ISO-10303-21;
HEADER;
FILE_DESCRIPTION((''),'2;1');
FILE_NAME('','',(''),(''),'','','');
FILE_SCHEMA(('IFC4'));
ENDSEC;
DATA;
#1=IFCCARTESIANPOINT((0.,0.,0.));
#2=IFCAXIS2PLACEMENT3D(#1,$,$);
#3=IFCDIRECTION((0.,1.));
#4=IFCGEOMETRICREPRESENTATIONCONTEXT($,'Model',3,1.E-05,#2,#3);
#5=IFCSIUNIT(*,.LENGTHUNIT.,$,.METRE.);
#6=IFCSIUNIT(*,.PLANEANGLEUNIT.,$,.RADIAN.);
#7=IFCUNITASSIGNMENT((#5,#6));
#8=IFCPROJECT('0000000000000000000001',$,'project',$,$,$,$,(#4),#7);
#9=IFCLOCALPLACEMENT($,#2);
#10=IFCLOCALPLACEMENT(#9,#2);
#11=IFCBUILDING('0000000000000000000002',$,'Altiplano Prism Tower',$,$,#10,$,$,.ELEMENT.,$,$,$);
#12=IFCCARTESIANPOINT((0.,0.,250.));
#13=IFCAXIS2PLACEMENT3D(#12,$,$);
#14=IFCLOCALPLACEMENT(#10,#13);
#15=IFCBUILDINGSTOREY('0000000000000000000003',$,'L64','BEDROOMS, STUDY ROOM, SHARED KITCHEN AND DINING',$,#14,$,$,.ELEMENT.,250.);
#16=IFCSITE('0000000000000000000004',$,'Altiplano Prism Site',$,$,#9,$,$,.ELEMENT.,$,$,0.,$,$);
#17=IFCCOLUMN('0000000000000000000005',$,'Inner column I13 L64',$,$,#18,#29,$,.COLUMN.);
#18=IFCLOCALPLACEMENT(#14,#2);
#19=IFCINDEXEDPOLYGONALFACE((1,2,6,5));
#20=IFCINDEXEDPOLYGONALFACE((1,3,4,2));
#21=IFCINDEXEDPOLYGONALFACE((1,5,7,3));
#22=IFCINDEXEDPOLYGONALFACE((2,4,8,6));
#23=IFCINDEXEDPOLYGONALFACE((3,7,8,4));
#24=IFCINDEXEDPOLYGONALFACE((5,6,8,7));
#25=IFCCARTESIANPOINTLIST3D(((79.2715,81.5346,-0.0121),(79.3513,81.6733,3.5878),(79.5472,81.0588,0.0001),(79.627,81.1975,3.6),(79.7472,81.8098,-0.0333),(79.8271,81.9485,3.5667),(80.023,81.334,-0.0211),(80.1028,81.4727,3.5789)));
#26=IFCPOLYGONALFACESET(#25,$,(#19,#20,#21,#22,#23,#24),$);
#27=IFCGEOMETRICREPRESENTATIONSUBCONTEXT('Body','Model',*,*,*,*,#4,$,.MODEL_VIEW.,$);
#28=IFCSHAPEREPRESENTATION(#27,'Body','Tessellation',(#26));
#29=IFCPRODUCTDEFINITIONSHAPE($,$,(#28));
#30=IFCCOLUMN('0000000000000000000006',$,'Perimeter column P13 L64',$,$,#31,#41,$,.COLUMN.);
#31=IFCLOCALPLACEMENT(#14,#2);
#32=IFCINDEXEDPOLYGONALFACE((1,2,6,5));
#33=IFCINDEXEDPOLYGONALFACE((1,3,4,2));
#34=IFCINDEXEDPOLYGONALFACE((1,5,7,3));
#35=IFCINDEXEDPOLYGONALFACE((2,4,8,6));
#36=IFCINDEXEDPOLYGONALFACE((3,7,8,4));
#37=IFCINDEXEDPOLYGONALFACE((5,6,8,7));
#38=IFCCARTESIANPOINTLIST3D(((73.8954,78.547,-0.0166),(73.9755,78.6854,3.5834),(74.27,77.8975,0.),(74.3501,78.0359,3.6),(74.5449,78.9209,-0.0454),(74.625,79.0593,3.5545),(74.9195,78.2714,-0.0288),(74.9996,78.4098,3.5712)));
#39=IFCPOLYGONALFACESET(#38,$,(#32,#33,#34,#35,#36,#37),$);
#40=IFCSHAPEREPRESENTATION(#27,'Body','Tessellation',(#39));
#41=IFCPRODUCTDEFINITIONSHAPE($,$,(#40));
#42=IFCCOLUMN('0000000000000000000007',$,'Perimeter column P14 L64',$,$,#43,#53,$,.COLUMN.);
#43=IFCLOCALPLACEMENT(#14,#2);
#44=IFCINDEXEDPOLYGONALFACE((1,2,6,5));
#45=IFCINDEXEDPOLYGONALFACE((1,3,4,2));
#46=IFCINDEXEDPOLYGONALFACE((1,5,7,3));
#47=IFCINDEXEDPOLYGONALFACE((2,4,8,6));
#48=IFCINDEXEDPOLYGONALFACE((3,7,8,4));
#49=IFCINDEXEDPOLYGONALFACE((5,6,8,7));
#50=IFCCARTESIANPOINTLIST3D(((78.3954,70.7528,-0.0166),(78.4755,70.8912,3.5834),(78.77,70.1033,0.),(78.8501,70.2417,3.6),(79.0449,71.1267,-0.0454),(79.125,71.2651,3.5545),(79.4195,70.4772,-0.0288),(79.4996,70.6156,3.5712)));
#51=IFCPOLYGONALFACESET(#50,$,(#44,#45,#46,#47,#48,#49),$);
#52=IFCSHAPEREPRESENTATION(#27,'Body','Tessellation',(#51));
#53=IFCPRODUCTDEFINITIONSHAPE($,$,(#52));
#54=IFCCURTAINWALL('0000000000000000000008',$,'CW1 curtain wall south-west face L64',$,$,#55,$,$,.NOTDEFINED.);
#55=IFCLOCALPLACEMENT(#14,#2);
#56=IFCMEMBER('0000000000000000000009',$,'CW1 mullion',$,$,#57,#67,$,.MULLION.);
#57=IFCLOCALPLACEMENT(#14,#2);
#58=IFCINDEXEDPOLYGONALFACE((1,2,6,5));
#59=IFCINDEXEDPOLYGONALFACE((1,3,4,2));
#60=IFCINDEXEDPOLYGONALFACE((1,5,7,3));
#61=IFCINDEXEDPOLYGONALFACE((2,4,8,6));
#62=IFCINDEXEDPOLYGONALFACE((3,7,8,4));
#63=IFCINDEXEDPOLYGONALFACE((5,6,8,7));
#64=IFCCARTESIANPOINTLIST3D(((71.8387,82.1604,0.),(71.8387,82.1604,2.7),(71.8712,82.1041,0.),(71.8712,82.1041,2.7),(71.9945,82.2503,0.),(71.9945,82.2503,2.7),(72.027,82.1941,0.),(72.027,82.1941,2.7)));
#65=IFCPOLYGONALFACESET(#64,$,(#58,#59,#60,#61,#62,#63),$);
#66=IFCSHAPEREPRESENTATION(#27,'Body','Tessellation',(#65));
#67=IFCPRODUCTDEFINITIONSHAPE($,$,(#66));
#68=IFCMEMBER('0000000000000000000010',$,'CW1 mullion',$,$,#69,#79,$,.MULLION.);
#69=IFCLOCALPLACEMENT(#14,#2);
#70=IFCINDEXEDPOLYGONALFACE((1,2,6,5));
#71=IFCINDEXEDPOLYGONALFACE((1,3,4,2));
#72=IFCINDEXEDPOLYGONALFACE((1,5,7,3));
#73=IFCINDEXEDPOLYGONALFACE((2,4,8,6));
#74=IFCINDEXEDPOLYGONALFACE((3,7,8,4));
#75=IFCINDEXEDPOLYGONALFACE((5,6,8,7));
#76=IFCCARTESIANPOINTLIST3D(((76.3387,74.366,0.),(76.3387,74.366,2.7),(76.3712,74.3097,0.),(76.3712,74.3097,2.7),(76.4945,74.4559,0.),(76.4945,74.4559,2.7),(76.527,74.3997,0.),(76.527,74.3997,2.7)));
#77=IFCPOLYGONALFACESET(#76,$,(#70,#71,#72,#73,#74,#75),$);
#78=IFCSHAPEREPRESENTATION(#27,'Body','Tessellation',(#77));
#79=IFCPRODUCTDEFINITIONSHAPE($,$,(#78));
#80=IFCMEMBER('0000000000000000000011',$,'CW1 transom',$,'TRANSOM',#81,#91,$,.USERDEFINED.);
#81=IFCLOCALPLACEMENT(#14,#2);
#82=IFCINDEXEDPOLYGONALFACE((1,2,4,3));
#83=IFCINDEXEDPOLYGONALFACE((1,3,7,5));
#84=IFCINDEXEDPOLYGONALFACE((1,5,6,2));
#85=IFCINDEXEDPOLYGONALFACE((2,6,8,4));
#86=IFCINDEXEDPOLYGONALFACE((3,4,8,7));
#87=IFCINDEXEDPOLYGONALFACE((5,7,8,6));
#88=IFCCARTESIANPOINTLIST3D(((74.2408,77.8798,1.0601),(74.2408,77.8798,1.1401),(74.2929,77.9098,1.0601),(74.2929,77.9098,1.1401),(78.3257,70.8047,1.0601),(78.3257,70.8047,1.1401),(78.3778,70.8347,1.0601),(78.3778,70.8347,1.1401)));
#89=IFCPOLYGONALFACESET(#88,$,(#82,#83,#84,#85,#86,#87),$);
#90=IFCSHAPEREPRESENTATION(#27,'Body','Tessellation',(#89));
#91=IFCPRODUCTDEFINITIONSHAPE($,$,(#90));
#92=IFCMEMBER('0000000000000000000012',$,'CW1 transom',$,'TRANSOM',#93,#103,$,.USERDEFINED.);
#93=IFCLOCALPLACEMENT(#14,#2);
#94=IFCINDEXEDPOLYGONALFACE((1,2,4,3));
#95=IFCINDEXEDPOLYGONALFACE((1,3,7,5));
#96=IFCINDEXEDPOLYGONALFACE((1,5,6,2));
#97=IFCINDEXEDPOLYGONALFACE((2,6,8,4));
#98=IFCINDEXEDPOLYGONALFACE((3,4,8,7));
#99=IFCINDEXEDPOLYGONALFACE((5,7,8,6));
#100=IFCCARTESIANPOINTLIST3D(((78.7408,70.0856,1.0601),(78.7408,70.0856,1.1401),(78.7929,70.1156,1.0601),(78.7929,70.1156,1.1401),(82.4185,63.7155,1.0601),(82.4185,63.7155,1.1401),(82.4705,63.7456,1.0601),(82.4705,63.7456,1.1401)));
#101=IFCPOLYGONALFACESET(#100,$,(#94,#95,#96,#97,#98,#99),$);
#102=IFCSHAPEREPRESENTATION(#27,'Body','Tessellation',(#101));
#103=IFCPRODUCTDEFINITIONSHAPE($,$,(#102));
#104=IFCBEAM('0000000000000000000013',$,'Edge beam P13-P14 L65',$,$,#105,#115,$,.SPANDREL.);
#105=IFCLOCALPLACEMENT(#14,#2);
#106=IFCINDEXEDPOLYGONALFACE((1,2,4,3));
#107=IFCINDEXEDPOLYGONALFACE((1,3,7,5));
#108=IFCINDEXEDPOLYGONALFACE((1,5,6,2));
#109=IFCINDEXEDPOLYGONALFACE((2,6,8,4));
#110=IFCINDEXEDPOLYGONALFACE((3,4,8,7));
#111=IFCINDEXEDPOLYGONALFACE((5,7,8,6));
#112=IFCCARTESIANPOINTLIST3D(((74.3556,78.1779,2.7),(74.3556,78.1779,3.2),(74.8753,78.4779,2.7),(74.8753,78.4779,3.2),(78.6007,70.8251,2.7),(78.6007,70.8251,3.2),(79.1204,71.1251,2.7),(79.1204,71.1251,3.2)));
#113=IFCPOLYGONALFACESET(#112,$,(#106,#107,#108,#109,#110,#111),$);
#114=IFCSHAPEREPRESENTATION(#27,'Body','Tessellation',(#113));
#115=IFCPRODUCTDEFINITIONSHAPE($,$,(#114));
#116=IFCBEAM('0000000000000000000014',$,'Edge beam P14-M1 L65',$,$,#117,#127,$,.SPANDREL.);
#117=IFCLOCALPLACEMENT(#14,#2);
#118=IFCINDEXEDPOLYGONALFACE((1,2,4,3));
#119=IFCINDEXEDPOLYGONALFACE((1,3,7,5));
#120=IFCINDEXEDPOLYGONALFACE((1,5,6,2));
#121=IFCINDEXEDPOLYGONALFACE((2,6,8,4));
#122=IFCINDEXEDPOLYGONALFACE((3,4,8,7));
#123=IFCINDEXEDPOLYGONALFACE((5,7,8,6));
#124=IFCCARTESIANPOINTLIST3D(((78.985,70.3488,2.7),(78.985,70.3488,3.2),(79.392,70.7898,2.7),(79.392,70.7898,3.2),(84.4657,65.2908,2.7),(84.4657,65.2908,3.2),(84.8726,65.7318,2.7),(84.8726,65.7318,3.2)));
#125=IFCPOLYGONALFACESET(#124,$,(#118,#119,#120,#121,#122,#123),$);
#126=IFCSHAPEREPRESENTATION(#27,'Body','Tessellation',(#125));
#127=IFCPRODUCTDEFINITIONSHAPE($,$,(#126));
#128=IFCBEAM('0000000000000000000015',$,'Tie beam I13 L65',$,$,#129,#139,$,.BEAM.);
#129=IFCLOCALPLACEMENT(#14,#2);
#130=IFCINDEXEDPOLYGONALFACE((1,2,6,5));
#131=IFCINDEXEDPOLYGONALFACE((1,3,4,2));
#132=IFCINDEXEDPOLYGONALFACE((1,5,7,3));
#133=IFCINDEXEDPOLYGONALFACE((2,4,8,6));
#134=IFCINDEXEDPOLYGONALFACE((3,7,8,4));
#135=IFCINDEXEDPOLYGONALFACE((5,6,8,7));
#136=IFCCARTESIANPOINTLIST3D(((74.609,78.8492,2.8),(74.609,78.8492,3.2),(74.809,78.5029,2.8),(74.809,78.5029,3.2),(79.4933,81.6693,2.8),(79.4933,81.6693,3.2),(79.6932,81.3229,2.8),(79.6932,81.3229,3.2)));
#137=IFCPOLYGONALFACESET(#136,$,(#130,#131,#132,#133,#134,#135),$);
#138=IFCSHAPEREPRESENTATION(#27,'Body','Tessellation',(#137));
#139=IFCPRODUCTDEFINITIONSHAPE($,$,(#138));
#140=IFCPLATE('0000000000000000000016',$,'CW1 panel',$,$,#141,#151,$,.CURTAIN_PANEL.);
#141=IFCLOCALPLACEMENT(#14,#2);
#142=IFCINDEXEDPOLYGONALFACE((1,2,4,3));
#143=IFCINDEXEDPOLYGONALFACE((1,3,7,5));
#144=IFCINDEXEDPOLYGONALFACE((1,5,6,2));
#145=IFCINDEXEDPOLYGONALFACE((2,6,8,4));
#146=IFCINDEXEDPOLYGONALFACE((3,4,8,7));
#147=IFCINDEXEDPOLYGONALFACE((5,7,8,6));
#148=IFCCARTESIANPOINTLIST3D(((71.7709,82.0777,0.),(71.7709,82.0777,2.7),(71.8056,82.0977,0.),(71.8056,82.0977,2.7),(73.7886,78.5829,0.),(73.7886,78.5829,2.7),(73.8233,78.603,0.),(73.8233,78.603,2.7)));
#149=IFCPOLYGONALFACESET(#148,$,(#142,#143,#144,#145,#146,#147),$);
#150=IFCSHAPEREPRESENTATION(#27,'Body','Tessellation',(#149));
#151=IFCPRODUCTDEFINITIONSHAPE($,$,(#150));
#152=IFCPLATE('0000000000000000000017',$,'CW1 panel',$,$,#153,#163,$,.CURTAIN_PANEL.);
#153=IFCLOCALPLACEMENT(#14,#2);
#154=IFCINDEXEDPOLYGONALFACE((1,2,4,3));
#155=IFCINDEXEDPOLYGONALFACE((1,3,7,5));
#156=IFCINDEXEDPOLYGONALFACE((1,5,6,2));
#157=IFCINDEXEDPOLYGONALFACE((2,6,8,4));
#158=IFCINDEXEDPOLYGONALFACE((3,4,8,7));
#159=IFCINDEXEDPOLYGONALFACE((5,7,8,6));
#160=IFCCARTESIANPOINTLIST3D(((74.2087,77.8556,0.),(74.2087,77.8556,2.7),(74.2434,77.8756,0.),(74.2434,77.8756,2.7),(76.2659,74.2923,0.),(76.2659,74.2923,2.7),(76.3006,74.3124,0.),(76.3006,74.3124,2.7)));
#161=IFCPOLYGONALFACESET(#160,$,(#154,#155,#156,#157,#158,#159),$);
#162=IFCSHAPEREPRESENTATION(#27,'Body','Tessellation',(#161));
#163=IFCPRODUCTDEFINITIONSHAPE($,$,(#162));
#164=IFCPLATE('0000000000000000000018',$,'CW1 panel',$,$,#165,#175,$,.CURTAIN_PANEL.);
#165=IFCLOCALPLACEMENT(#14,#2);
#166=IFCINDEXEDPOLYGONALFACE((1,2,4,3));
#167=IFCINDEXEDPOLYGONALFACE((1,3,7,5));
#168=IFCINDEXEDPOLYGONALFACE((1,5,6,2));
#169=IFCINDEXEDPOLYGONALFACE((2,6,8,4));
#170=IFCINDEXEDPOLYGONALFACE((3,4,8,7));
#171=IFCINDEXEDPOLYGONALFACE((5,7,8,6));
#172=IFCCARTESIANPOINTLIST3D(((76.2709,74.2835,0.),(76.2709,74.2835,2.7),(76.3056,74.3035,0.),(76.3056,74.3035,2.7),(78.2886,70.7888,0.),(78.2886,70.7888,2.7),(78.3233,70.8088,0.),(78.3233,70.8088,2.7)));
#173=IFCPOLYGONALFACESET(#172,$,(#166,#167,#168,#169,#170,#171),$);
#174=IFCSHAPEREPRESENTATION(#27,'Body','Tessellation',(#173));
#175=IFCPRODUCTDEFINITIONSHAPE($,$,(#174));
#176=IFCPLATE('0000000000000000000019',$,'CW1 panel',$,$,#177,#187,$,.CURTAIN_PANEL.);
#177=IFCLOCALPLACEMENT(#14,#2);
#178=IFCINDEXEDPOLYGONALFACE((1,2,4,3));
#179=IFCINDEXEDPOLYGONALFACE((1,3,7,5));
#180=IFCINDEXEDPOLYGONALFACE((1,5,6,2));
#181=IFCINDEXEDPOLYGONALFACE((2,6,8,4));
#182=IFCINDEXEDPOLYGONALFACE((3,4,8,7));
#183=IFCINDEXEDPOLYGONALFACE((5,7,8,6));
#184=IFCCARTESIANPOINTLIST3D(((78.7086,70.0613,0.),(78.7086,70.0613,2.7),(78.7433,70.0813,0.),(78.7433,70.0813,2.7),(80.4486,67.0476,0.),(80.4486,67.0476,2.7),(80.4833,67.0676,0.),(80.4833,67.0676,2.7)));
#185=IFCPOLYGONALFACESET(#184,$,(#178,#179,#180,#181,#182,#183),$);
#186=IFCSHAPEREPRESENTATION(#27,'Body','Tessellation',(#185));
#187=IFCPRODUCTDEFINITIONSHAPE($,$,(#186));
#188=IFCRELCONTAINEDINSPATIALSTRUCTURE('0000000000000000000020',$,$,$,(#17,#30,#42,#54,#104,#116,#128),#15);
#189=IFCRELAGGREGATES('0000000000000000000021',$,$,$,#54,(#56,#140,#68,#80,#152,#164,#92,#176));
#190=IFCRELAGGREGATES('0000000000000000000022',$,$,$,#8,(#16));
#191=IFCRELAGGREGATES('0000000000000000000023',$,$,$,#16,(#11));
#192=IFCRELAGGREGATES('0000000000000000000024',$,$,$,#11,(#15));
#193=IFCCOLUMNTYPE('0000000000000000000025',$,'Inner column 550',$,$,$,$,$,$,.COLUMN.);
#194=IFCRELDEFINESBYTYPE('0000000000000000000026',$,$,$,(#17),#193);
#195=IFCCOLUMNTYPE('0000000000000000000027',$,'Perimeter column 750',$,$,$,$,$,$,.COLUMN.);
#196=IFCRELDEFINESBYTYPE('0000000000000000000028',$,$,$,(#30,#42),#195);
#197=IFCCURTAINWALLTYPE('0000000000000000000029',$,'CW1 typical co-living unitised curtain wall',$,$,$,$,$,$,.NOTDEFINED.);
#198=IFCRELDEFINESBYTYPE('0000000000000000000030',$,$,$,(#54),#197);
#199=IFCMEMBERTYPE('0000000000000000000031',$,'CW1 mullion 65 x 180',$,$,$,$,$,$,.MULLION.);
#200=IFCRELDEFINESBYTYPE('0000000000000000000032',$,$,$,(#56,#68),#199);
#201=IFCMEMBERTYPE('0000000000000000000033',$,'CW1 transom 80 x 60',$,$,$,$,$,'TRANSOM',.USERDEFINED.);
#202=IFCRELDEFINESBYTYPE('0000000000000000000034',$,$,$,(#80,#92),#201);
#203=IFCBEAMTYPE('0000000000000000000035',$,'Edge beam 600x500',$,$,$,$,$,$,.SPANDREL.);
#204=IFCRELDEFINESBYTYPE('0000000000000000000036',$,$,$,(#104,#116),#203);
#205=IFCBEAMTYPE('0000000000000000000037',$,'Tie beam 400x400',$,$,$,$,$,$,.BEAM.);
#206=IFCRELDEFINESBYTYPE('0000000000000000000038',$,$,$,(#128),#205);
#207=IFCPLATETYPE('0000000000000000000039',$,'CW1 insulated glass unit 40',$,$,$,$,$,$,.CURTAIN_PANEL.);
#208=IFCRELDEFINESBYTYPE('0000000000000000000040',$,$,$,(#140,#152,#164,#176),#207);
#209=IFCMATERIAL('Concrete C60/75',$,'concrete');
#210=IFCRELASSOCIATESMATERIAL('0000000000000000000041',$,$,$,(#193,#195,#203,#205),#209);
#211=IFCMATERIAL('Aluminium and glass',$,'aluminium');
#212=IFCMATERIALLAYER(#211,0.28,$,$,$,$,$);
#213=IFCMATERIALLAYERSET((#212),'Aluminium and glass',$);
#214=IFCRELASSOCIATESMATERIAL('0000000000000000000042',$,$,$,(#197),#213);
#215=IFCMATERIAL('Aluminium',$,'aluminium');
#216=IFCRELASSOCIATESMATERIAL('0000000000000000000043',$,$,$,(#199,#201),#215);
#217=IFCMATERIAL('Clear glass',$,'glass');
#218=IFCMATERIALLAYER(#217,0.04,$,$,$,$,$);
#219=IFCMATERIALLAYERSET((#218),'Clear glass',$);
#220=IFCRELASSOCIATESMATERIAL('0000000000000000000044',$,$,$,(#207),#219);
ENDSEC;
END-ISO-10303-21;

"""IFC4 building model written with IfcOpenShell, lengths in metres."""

from ifc_helpers import new_model, si_unit, direction, frame, origin, origin_2d, place, context, subcontext, project, spatial, rectangle, extrude, material, layer, layer_set, material_profile, profile_set, type_object, element, aggregate, save


model = new_model("IFC4")

# Units and contexts
model_context = context("Model", 3, precision=1e-05, world=origin(), true_north=direction((0.0, 1.0)))
body_context = subcontext(model_context, "Body", "Model", "MODEL_VIEW")
ifc_project = project(units=[si_unit("LENGTHUNIT", "METRE"), si_unit("PLANEANGLEUNIT", "RADIAN")], contexts=[model_context])

# Site, building, storey
site_placement = place(None, origin())
site = spatial("IfcSite", under=ifc_project, at=site_placement, Name="Altiplano Prism Site", CompositionType="ELEMENT", RefElevation=0.0)
building_placement = place(site_placement, origin())
building = spatial("IfcBuilding", under=site, at=building_placement, Name="Altiplano Prism Tower", CompositionType="ELEMENT")
storey_placement = place(building_placement, frame((0.0, 0.0, 250.0)))
storey = spatial("IfcBuildingStorey", under=building, at=storey_placement, Name="L64", Description="BEDROOMS, STUDY ROOM, SHARED KITCHEN AND DINING", CompositionType="ELEMENT", Elevation=250.0)

# Columns
ifc_material_1 = material(Name="Concrete C60/75", Category="concrete")
ifc_material_profile_1 = material_profile(ifc_material_1, rectangle(XDim=0.55, YDim=0.55, at=origin_2d()), Name="Inner column 550")
ifc_profile_set_1 = profile_set([ifc_material_profile_1], Name="Concrete C60/75")
column_type_1 = type_object("IfcColumnType", Name="Inner column 550", PredefinedType="COLUMN", material=ifc_profile_set_1)
column_placement = place(storey_placement, frame((79.6472, 81.4343, -0.0166), z_axis=(0.022155, 0.038484, 0.999014), x_axis=(-0.864982, -0.500327, 0.038456)))
element("IfcColumn", 1, at=column_placement, inside=storey, type_object=column_type_1, Name="Inner column I13 L64", PredefinedType="COLUMN", context=body_context, shape_type="SweptSolid", body=[
    extrude(rectangle(XDim=0.55, YDim=0.55, at=origin_2d()), origin(), (0.0, 0.0, 1.0), 3.6035),
])
ifc_material_profile_2 = material_profile(ifc_material_1, rectangle(XDim=0.75, YDim=0.75, at=origin_2d()), Name="Perimeter column 750")
ifc_profile_set_2 = profile_set([ifc_material_profile_2], Name="Concrete C60/75")
column_type_2 = type_object("IfcColumnType", Name="Perimeter column 750", PredefinedType="COLUMN", material=ifc_profile_set_2)
for number, where, z_axis, x_axis, name in (
    (2, (74.4075, 78.4092, -0.0227), (0.022223, 0.038416, 0.999015), (-0.866024, -0.498523, 0.038435), "Perimeter column P13 L64"),
    (3, (78.9075, 70.615, -0.0227), (0.022223, 0.038416, 0.999015), (-0.866024, -0.498523, 0.038435), "Perimeter column P14 L64"),
):
    element("IfcColumn", number, at=place(storey_placement, frame(where, z_axis=z_axis, x_axis=x_axis)), inside=storey, type_object=column_type_2, Name=name, PredefinedType="COLUMN", context=body_context, shape_type="SweptSolid", body=[
        extrude(rectangle(XDim=0.75, YDim=0.75, at=origin_2d()), origin(), (0.0, 0.0, 1.0), 3.6035),
    ])

# Curtain wall, members
ifc_material_2 = material(Name="Aluminium and glass", Category="aluminium")
ifc_layer_1 = layer(ifc_material_2, 0.28)
ifc_layer_set_1 = layer_set([ifc_layer_1], Name="Aluminium and glass")
curtain_wall_type = type_object("IfcCurtainWallType", Name="CW1 typical co-living unitised curtain wall", PredefinedType="NOTDEFINED", material=ifc_layer_set_1)
curtain_wall_placement = place(storey_placement, origin())
curtain_wall = element("IfcCurtainWall", 4, at=curtain_wall_placement, inside=storey, type_object=curtain_wall_type, Name="CW1 curtain wall south-west face L64", PredefinedType="NOTDEFINED")
ifc_material_3 = material(Name="Aluminium", Category="aluminium")
ifc_material_profile_3 = material_profile(ifc_material_3, rectangle(XDim=0.1799, YDim=0.0649, at=origin_2d()), Name="CW1 mullion 65 x 180")
ifc_profile_set_3 = profile_set([ifc_material_profile_3], Name="Aluminium")
member_type_1 = type_object("IfcMemberType", Name="CW1 mullion 65 x 180", PredefinedType="MULLION", material=ifc_profile_set_3)
member_1_placement = place(storey_placement, frame((71.9329, 82.1772, 0.0), z_axis=(0.0, 0.0, 1.0), x_axis=(0.866025, 0.5, 0.0)))
member_1 = element("IfcMember", 5, at=member_1_placement, type_object=member_type_1, Name="CW1 mullion", PredefinedType="MULLION", context=body_context, shape_type="SweptSolid", body=[
    extrude(rectangle(XDim=0.1799, YDim=0.0649, at=origin_2d()), origin(), (0.0, 0.0, 1.0), 2.7),
])
member_2_placement = place(storey_placement, frame((76.4329, 74.3828, 0.0), z_axis=(0.0, 0.0, 1.0), x_axis=(0.866025, 0.5, 0.0)))
member_2 = element("IfcMember", 6, at=member_2_placement, type_object=member_type_1, Name="CW1 mullion", PredefinedType="MULLION", context=body_context, shape_type="SweptSolid", body=[
    extrude(rectangle(XDim=0.1799, YDim=0.0649, at=origin_2d()), origin(), (0.0, 0.0, 1.0), 2.7),
])
ifc_material_profile_4 = material_profile(ifc_material_3, rectangle(XDim=0.0601, YDim=0.0801, at=origin_2d()), Name="CW1 transom 80 x 60")
ifc_profile_set_4 = profile_set([ifc_material_profile_4], Name="Aluminium")
member_type_2 = type_object("IfcMemberType", Name="CW1 transom 80 x 60", ElementType="TRANSOM", PredefinedType="USERDEFINED", material=ifc_profile_set_4)
member_3_placement = place(storey_placement, frame((74.2668, 77.8948, 1.1001), z_axis=(0.500009, -0.86602, 0.0), x_axis=(0.86602, 0.500009, 0.0)))
member_3 = element("IfcMember", 7, at=member_3_placement, type_object=member_type_2, Name="CW1 transom", ObjectType="TRANSOM", PredefinedType="USERDEFINED", context=body_context, shape_type="SweptSolid", body=[
    extrude(rectangle(XDim=0.0601, YDim=0.0801, at=origin_2d()), origin(), (0.0, 0.0, 1.0), 8.1697),
])
member_4_placement = place(storey_placement, frame((78.7668, 70.1006, 1.1001), z_axis=(0.499994, -0.866029, 0.0), x_axis=(0.866029, 0.499994, 0.0)))
member_4 = element("IfcMember", 8, at=member_4_placement, type_object=member_type_2, Name="CW1 transom", ObjectType="TRANSOM", PredefinedType="USERDEFINED", context=body_context, shape_type="SweptSolid", body=[
    extrude(rectangle(XDim=0.0601, YDim=0.0801, at=origin_2d()), origin(), (0.0, 0.0, 1.0), 7.3555),
])

# Beams
ifc_material_profile_5 = material_profile(ifc_material_1, rectangle(XDim=0.6001, YDim=0.5, at=origin_2d()), Name="Edge beam 600x500")
ifc_profile_set_5 = profile_set([ifc_material_profile_5], Name="Concrete C60/75")
beam_type_1 = type_object("IfcBeamType", Name="Edge beam 600x500", PredefinedType="SPANDREL", material=ifc_profile_set_5)
beam_1_placement = place(storey_placement, frame((74.6155, 78.3279, 2.95), z_axis=(0.499999, -0.866026, 0.0), x_axis=(0.866026, 0.499999, 0.0)))
element("IfcBeam", 9, at=beam_1_placement, inside=storey, type_object=beam_type_1, Name="Edge beam P13-P14 L65", PredefinedType="SPANDREL", context=body_context, shape_type="SweptSolid", body=[
    extrude(rectangle(XDim=0.6001, YDim=0.5, at=origin_2d()), origin(), (0.0, 0.0, 1.0), 8.4902),
])
beam_2_placement = place(storey_placement, frame((79.1885, 70.5693, 2.95), z_axis=(0.734871, -0.678207, 0.0), x_axis=(0.678207, 0.734871, 0.0)))
element("IfcBeam", 10, at=beam_2_placement, inside=storey, type_object=beam_type_1, Name="Edge beam P14-M1 L65", PredefinedType="SPANDREL", context=body_context, shape_type="SweptSolid", body=[
    extrude(rectangle(XDim=0.6001, YDim=0.5, at=origin_2d()), origin(), (0.0, 0.0, 1.0), 7.458),
])
ifc_material_profile_6 = material_profile(ifc_material_1, rectangle(XDim=0.3999, YDim=0.3999, at=origin_2d()), Name="Tie beam 400x400")
ifc_profile_set_6 = profile_set([ifc_material_profile_6], Name="Concrete C60/75")
beam_type_2 = type_object("IfcBeamType", Name="Tie beam 400x400", PredefinedType="BEAM", material=ifc_profile_set_6)
beam_3_placement = place(storey_placement, frame((79.5933, 81.4961, 3.0), z_axis=(-0.866015, -0.500017, 0.0), x_axis=(0.500017, -0.866015, 0.0)))
element("IfcBeam", 11, at=beam_3_placement, inside=storey, type_object=beam_type_2, Name="Tie beam I13 L65", PredefinedType="BEAM", context=body_context, shape_type="SweptSolid", body=[
    extrude(rectangle(XDim=0.3999, YDim=0.3999, at=origin_2d()), origin(), (0.0, 0.0, 1.0), 5.6399),
])

# Plates
ifc_material_4 = material(Name="Clear glass", Category="glass")
ifc_layer_2 = layer(ifc_material_4, 0.04)
ifc_layer_set_2 = layer_set([ifc_layer_2], Name="Clear glass")
plate_type = type_object("IfcPlateType", Name="CW1 insulated glass unit 40", PredefinedType="CURTAIN_PANEL", material=ifc_layer_set_2)
plate_1_placement = place(storey_placement, frame((72.7971, 80.3403, 0.0), z_axis=(0.0, 0.0, 1.0), x_axis=(0.5, -0.866025, 0.0)))
plate_1 = element("IfcPlate", 12, at=plate_1_placement, type_object=plate_type, Name="CW1 panel", PredefinedType="CURTAIN_PANEL", context=body_context, shape_type="SweptSolid", body=[
    extrude(rectangle(XDim=4.0354, YDim=0.04, at=origin_2d()), origin(), (0.0, 0.0, 1.0), 2.7),
])
plate_2_placement = place(storey_placement, frame((75.2546, 76.084, 0.0), z_axis=(0.0, 0.0, 1.0), x_axis=(0.5, -0.866025, 0.0)))
plate_2 = element("IfcPlate", 13, at=plate_2_placement, type_object=plate_type, Name="CW1 panel", PredefinedType="CURTAIN_PANEL", context=body_context, shape_type="SweptSolid", body=[
    extrude(rectangle(XDim=4.1145, YDim=0.04, at=origin_2d()), origin(), (0.0, 0.0, 1.0), 2.7),
])
plate_3_placement = place(storey_placement, frame((77.2971, 72.5461, 0.0), z_axis=(0.0, 0.0, 1.0), x_axis=(0.5, -0.866025, 0.0)))
plate_3 = element("IfcPlate", 14, at=plate_3_placement, type_object=plate_type, Name="CW1 panel", PredefinedType="CURTAIN_PANEL", context=body_context, shape_type="SweptSolid", body=[
    extrude(rectangle(XDim=4.0354, YDim=0.04, at=origin_2d()), origin(), (0.0, 0.0, 1.0), 2.7),
])
plate_4_placement = place(storey_placement, frame((79.5959, 68.5645, 0.0), z_axis=(0.0, 0.0, 1.0), x_axis=(0.5, -0.866025, 0.0)))
plate_4 = element("IfcPlate", 15, at=plate_4_placement, type_object=plate_type, Name="CW1 panel", PredefinedType="CURTAIN_PANEL", context=body_context, shape_type="SweptSolid", body=[
    extrude(rectangle(XDim=3.48, YDim=0.04, at=origin_2d()), origin(), (0.0, 0.0, 1.0), 2.7),
])
aggregate(curtain_wall, [member_1, plate_1, member_2, member_3, plate_2, plate_3, member_4, plate_4])

save(model, "model.ifc")
